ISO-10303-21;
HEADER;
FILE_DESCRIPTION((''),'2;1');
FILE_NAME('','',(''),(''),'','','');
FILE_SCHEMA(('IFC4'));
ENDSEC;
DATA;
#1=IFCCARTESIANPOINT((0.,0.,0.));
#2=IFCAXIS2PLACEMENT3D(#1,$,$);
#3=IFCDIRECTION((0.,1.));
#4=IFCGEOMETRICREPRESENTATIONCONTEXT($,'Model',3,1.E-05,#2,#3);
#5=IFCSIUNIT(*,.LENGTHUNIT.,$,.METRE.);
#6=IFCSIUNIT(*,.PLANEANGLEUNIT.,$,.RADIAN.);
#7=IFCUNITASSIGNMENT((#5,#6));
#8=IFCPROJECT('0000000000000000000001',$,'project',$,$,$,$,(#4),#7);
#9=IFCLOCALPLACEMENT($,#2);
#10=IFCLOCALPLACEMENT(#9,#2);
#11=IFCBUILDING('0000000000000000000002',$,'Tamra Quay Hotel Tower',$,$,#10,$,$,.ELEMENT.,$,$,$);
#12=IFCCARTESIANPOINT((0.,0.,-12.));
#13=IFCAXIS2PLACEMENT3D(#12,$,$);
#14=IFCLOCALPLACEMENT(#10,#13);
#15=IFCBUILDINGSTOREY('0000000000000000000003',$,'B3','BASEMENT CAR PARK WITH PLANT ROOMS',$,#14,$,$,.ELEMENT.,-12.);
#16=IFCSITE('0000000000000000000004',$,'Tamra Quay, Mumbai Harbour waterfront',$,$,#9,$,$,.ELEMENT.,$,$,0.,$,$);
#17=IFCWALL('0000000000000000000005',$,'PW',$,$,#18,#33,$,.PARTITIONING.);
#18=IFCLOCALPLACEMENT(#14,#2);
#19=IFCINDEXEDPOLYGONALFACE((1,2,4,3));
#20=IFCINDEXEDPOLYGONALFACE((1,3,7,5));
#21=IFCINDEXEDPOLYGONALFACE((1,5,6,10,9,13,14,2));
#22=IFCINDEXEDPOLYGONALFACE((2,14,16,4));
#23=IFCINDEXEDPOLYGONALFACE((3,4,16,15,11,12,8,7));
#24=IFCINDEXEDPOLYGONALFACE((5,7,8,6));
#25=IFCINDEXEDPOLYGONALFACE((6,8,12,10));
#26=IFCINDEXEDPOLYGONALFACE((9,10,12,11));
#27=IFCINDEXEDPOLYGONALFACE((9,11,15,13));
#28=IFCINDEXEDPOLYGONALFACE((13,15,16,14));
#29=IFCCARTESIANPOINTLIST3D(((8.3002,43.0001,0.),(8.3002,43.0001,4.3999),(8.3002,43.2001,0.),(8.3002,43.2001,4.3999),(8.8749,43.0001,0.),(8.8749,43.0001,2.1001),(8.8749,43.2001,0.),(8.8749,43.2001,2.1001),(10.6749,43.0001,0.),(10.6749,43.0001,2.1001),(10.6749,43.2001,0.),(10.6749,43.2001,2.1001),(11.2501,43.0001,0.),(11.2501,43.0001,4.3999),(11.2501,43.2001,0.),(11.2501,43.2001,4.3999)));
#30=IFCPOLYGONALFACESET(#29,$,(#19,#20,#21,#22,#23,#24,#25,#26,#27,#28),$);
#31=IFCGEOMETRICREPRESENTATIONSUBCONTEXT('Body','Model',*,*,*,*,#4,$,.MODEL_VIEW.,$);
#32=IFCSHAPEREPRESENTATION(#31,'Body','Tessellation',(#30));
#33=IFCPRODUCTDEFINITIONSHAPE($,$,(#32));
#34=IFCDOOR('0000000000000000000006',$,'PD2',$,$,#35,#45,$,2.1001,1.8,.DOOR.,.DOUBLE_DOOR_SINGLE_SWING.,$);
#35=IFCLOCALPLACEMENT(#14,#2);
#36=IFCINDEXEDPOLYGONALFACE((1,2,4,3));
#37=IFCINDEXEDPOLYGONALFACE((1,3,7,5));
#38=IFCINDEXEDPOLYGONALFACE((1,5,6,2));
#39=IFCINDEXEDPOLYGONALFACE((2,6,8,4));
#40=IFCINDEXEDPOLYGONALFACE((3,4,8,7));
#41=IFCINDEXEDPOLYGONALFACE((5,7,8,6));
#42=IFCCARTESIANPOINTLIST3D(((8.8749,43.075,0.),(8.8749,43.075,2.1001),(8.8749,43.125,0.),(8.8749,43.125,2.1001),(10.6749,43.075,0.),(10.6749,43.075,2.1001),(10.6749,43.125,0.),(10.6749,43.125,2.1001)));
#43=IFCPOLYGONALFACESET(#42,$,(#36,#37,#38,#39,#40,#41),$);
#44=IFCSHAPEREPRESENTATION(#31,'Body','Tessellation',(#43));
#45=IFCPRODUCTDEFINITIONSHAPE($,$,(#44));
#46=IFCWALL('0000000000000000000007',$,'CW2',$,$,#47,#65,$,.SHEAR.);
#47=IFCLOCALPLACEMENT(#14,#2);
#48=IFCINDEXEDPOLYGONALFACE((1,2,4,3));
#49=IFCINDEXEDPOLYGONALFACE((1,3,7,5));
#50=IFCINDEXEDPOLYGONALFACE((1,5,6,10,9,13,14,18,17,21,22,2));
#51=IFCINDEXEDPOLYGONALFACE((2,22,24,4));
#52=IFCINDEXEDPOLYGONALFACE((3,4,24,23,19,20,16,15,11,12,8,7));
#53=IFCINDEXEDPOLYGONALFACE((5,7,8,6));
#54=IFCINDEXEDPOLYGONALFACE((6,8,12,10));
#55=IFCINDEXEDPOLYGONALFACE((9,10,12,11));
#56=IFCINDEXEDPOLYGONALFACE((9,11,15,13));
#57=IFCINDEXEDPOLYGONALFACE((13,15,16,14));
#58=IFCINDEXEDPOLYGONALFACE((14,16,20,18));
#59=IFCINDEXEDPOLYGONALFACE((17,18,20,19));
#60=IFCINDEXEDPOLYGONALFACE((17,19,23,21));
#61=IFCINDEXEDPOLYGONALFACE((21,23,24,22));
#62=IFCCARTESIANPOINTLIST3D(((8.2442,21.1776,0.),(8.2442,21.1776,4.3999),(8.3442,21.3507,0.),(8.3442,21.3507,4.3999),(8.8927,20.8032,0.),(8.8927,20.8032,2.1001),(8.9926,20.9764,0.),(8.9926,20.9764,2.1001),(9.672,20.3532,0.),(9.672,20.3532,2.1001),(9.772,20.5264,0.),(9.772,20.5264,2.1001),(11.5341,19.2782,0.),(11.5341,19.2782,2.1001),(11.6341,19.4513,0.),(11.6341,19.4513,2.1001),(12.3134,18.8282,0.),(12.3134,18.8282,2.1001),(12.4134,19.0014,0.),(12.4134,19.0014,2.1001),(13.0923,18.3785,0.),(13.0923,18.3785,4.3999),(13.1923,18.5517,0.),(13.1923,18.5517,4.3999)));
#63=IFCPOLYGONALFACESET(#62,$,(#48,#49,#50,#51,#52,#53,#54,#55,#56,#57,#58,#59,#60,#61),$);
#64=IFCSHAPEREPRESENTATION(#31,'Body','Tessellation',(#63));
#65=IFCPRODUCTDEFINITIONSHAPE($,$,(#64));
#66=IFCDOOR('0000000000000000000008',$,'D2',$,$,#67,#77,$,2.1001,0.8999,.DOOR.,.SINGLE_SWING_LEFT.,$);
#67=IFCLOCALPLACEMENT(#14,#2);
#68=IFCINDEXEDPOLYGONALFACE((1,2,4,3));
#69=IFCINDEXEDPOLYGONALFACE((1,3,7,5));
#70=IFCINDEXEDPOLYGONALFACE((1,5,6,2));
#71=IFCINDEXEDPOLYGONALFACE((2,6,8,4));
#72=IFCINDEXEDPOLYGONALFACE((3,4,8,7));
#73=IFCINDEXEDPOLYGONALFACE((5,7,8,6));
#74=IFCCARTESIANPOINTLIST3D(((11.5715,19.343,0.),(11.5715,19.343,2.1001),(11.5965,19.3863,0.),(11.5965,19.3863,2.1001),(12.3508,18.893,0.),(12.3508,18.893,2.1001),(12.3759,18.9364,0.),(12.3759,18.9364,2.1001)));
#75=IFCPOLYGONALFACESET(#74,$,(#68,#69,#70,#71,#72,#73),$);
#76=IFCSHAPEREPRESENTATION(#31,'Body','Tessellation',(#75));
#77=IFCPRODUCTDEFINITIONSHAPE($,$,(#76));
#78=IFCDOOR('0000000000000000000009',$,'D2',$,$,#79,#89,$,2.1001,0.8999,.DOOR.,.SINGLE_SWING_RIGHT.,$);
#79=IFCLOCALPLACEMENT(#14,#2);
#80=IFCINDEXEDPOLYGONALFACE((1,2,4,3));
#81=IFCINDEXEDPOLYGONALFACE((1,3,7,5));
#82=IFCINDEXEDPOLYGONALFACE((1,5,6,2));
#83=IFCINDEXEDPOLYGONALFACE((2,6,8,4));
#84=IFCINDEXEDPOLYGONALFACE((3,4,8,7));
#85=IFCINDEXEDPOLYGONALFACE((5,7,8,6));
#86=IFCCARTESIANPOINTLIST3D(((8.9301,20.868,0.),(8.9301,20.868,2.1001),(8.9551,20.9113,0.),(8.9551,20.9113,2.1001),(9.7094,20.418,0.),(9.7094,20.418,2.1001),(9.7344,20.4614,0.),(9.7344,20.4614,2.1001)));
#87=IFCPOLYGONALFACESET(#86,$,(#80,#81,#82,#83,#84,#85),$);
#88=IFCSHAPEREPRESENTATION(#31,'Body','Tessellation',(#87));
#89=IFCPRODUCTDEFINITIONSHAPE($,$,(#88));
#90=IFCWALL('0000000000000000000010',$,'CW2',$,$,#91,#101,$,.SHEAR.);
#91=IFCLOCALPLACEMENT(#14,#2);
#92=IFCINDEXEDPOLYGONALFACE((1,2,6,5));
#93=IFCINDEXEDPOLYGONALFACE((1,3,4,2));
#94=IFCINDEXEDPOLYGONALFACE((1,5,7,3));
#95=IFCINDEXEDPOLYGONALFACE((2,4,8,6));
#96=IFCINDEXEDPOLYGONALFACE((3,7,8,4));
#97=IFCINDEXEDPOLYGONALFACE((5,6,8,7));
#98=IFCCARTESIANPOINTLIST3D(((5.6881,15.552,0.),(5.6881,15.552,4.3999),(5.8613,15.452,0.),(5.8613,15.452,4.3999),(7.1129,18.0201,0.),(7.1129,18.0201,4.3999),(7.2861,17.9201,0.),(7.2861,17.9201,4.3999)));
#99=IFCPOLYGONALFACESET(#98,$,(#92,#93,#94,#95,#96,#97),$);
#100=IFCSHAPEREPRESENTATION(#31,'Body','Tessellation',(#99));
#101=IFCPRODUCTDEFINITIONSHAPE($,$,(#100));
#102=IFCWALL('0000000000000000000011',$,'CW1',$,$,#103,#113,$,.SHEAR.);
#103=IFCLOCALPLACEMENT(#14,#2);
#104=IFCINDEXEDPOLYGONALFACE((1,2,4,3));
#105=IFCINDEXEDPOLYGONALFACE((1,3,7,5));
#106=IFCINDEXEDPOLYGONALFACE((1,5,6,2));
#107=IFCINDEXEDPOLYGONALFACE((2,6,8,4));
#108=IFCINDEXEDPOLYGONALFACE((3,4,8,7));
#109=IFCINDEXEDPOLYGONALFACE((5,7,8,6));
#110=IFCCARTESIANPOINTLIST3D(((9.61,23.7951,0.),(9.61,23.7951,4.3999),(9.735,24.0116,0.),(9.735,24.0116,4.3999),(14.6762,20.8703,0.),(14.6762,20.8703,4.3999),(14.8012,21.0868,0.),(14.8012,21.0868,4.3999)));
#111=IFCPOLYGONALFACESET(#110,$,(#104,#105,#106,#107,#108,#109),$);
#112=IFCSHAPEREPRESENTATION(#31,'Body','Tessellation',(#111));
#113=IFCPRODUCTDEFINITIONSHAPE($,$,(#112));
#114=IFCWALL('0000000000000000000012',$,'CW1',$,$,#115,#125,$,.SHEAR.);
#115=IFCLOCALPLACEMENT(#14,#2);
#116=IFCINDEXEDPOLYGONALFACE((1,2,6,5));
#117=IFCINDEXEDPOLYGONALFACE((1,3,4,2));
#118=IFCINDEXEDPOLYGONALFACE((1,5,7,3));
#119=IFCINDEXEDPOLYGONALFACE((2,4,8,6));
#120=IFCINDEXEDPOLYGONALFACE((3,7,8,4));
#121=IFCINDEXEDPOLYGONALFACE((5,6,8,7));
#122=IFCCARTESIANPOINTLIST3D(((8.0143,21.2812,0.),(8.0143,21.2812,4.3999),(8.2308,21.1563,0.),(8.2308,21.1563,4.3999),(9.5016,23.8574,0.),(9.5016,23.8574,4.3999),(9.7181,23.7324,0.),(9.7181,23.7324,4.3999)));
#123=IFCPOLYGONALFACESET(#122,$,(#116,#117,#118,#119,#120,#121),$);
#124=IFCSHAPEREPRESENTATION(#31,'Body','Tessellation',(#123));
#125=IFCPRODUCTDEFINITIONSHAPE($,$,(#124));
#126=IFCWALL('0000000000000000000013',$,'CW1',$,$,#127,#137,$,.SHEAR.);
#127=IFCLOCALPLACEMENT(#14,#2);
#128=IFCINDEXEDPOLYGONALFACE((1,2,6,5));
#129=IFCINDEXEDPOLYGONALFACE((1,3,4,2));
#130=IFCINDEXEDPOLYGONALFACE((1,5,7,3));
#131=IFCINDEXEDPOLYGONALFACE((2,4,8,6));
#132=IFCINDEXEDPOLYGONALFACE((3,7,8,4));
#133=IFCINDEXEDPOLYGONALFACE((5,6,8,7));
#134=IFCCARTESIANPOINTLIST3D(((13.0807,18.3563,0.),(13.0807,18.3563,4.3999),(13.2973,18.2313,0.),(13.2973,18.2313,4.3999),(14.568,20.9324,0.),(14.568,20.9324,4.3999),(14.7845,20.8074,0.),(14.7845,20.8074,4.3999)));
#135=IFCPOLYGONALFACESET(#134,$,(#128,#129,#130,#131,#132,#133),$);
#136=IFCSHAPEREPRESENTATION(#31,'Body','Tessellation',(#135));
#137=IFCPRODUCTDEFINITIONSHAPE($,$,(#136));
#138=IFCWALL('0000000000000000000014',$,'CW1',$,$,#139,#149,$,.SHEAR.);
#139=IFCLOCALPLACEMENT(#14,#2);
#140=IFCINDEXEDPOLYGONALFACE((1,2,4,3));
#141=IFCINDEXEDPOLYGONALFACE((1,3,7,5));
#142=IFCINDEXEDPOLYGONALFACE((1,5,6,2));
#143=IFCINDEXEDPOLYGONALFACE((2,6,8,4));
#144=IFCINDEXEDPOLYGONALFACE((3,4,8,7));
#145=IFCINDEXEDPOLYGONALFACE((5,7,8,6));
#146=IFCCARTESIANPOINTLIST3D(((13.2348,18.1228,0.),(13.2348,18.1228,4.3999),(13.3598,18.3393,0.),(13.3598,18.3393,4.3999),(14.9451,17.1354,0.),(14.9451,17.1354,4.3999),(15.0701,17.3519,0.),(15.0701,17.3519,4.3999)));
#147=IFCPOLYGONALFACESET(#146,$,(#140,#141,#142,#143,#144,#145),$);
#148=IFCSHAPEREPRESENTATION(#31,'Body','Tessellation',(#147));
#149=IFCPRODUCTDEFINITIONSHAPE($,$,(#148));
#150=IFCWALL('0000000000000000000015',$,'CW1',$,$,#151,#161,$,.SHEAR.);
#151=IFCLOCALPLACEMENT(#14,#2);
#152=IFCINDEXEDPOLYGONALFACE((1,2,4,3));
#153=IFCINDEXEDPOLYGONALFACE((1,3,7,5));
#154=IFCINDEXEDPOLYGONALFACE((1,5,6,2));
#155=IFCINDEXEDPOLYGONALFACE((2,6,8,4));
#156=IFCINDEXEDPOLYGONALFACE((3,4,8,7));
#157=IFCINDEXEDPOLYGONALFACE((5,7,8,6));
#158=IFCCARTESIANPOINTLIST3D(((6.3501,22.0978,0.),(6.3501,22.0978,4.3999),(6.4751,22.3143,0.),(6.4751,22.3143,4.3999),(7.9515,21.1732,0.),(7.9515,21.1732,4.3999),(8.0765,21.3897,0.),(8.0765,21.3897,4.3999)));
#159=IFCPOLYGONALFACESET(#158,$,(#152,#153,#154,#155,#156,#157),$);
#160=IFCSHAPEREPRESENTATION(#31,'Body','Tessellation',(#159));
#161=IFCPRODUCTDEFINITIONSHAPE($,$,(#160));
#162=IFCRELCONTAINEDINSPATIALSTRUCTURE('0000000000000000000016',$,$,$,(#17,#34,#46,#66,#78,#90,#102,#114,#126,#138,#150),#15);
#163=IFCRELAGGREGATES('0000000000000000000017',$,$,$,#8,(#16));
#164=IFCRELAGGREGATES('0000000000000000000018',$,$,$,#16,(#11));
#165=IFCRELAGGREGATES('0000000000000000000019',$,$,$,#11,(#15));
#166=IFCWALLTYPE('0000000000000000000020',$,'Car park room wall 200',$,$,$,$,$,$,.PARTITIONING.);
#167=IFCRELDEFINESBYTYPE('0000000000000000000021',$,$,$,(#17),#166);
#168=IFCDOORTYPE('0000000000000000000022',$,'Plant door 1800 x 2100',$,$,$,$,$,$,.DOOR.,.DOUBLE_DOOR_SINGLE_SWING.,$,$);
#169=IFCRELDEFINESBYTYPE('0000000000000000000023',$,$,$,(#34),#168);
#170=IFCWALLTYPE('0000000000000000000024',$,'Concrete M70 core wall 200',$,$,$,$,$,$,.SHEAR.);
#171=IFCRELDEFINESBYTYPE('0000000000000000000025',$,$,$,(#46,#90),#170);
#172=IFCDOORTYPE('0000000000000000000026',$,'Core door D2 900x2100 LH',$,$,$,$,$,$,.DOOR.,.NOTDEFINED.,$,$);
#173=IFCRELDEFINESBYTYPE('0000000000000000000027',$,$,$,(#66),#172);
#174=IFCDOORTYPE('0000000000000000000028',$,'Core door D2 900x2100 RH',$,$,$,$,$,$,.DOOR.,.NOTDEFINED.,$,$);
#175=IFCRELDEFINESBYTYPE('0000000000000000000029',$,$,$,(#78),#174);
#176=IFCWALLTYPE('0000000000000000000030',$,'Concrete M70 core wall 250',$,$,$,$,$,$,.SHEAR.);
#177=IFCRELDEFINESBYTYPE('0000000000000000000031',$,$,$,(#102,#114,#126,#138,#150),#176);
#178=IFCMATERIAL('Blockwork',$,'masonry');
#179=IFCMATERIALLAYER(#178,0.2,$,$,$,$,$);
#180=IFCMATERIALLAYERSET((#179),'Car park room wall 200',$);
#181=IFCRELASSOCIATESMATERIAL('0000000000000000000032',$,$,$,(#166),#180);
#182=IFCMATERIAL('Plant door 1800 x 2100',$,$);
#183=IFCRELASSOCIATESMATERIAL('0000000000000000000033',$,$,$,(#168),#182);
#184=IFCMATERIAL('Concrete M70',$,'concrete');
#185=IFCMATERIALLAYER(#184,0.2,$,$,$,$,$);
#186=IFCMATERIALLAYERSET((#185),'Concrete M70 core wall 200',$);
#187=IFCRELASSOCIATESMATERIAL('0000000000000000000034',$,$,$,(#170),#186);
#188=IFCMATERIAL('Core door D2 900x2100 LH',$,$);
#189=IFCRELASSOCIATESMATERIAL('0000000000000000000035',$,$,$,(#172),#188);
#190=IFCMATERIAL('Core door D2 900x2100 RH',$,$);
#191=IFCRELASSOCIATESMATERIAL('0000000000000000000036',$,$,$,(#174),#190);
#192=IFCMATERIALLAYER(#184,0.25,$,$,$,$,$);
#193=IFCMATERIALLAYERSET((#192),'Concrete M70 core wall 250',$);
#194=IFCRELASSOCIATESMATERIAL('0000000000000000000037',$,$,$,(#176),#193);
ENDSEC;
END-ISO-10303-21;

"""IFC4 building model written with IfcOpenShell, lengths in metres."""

from ifc_helpers import new_model, si_unit, direction, frame, frame_2d, origin, place, context, subcontext, project, spatial, rectangle, extrude, material, layer, layer_set, type_object, element, fill, save


model = new_model("IFC4")

# Units and contexts
model_context = context("Model", 3, precision=1e-05, world=origin(), true_north=direction((0.0, 1.0)))
body_context = subcontext(model_context, "Body", "Model", "MODEL_VIEW")
ifc_project = project(units=[si_unit("LENGTHUNIT", "METRE"), si_unit("PLANEANGLEUNIT", "RADIAN")], contexts=[model_context])

# Site, building, storey
site_placement = place(None, origin())
site = spatial("IfcSite", under=ifc_project, at=site_placement, Name="Tamra Quay, Mumbai Harbour waterfront", CompositionType="ELEMENT", RefElevation=0.0)
building_placement = place(site_placement, origin())
building = spatial("IfcBuilding", under=site, at=building_placement, Name="Tamra Quay Hotel Tower", CompositionType="ELEMENT")
storey_placement = place(building_placement, frame((0.0, 0.0, -12.0)))
storey = spatial("IfcBuildingStorey", under=building, at=storey_placement, Name="B3", Description="BASEMENT CAR PARK WITH PLANT ROOMS", CompositionType="ELEMENT", Elevation=-12.0)

# Shared definitions
ifc_material_1 = material(Name="Concrete M70", Category="concrete")

# Shared definitions
ifc_material_2 = material(Name="Blockwork", Category="masonry")
ifc_layer_1 = layer(ifc_material_2, 0.2)
ifc_layer_set_1 = layer_set([ifc_layer_1], Name="Car park room wall 200")
wall_type_1 = type_object("IfcWallType", Name="Car park room wall 200", PredefinedType="PARTITIONING", material=ifc_layer_set_1)

# Wall, opening, door
wall_1_placement = place(storey_placement, frame((8.3, 43.1001, 0.0), z_axis=(0.0, 0.0, 1.0), x_axis=(1.0, 0.0, 0.0)))
wall_1 = element("IfcWall", 1, at=wall_1_placement, inside=storey, type_object=wall_type_1, Name="PW", PredefinedType="PARTITIONING", context=body_context, shape_type="SweptSolid", body=[
    extrude(rectangle(XDim=2.95, YDim=0.2, at=frame_2d((1.4751, 0.0))), origin(), (0.0, 0.0, 1.0), 4.3999),
])
opening_1_placement = place(wall_1_placement, frame((0.575, 0.0, 0.0)))
opening_1 = element("IfcOpeningElement", 2, at=opening_1_placement, cuts=wall_1, PredefinedType="OPENING", context=body_context, shape_type="SweptSolid", body=[
    extrude(rectangle(XDim=1.8, YDim=2.1001, at=frame_2d((0.8999, 1.05))), frame((0.0, 0.1099, 0.0), z_axis=(0.0, -1.0, 0.0), x_axis=(1.0, 0.0, 0.0)), (0.0, 0.0, 1.0), 0.22),
])
ifc_material_3 = material(Name="Plant door 1800 x 2100")
door_type_1 = type_object("IfcDoorType", Name="Plant door 1800 x 2100", OperationType="DOUBLE_DOOR_SINGLE_SWING", PredefinedType="DOOR", material=ifc_material_3)
door_1_placement = place(opening_1_placement, origin())
door_1 = element("IfcDoor", 3, at=door_1_placement, inside=storey, type_object=door_type_1, Name="PD2", OperationType="DOUBLE_DOOR_SINGLE_SWING", OverallHeight=2.1001, OverallWidth=1.8, PredefinedType="DOOR", context=body_context, shape_type="SweptSolid", body=[
    extrude(rectangle(XDim=1.8, YDim=2.1001, at=frame_2d((0.8999, 1.05))), frame((0.0, 0.0249, 0.0), z_axis=(0.0, -1.0, 0.0), x_axis=(1.0, 0.0, 0.0)), (0.0, 0.0, 1.0), 0.05),
])
fill(opening_1, door_1)

# Wall, openings, doors
ifc_layer_2 = layer(ifc_material_1, 0.2)
ifc_layer_set_2 = layer_set([ifc_layer_2], Name="Concrete M70 core wall 200")
wall_type_2 = type_object("IfcWallType", Name="Concrete M70 core wall 200", PredefinedType="SHEAR", material=ifc_layer_set_2)
wall_2_placement = place(storey_placement, frame((8.2942, 21.2642, 0.0), z_axis=(0.0, 0.0, 1.0), x_axis=(0.866026, -0.499999, 0.0)))
wall_2 = element("IfcWall", 4, at=wall_2_placement, inside=storey, type_object=wall_type_2, Name="CW2", PredefinedType="SHEAR", context=body_context, shape_type="SweptSolid", body=[
    extrude(rectangle(XDim=5.5981, YDim=0.2, at=frame_2d((2.7991, 0.0))), origin(), (0.0, 0.0, 1.0), 4.3999),
])
opening_2_placement = place(wall_2_placement, frame((3.7988, 0.0, 0.0)))
opening_2 = element("IfcOpeningElement", 5, at=opening_2_placement, cuts=wall_2, PredefinedType="OPENING", context=body_context, shape_type="SweptSolid", body=[
    extrude(rectangle(XDim=0.8999, YDim=2.1001, at=frame_2d((0.45, 1.05))), frame((0.0, 0.1099, 0.0), z_axis=(0.0, -1.0, 0.0), x_axis=(1.0, 0.0, 0.0)), (0.0, 0.0, 1.0), 0.22),
])
opening_3_placement = place(wall_2_placement, frame((0.7488, 0.0, 0.0)))
opening_3 = element("IfcOpeningElement", 6, at=opening_3_placement, cuts=wall_2, PredefinedType="OPENING", context=body_context, shape_type="SweptSolid", body=[
    extrude(rectangle(XDim=0.8999, YDim=2.1001, at=frame_2d((0.45, 1.05))), frame((0.0, 0.1099, 0.0), z_axis=(0.0, -1.0, 0.0), x_axis=(1.0, 0.0, 0.0)), (0.0, 0.0, 1.0), 0.22),
])
ifc_material_4 = material(Name="Core door D2 900x2100 LH")
door_type_2 = type_object("IfcDoorType", Name="Core door D2 900x2100 LH", OperationType="NOTDEFINED", PredefinedType="DOOR", material=ifc_material_4)
door_2_placement = place(opening_2_placement, origin())
door_2 = element("IfcDoor", 7, at=door_2_placement, inside=storey, type_object=door_type_2, Name="D2", OperationType="SINGLE_SWING_LEFT", OverallHeight=2.1001, OverallWidth=0.8999, PredefinedType="DOOR", context=body_context, shape_type="SweptSolid", body=[
    extrude(rectangle(XDim=0.8999, YDim=2.1001, at=frame_2d((0.45, 1.05))), frame((0.0, 0.0249, 0.0), z_axis=(0.0, -1.0, 0.0), x_axis=(1.0, 0.0, 0.0)), (0.0, 0.0, 1.0), 0.05),
])
fill(opening_2, door_2)
ifc_material_5 = material(Name="Core door D2 900x2100 RH")
door_type_3 = type_object("IfcDoorType", Name="Core door D2 900x2100 RH", OperationType="NOTDEFINED", PredefinedType="DOOR", material=ifc_material_5)
door_3_placement = place(opening_3_placement, origin())
door_3 = element("IfcDoor", 8, at=door_3_placement, inside=storey, type_object=door_type_3, Name="D2", OperationType="SINGLE_SWING_RIGHT", OverallHeight=2.1001, OverallWidth=0.8999, PredefinedType="DOOR", context=body_context, shape_type="SweptSolid", body=[
    extrude(rectangle(XDim=0.8999, YDim=2.1001, at=frame_2d((0.45, 1.05))), frame((0.0, 0.0249, 0.0), z_axis=(0.0, -1.0, 0.0), x_axis=(1.0, 0.0, 0.0)), (0.0, 0.0, 1.0), 0.05),
])
fill(opening_3, door_3)

# Walls
wall_3_placement = place(storey_placement, frame((7.1995, 17.97, 0.0), z_axis=(0.0, 0.0, 1.0), x_axis=(-0.499972, -0.866041, 0.0)))
element("IfcWall", 9, at=wall_3_placement, inside=storey, type_object=wall_type_2, Name="CW2", PredefinedType="SHEAR", context=body_context, shape_type="SweptSolid", body=[
    extrude(rectangle(XDim=2.8499, YDim=0.2, at=frame_2d((1.4248, 0.0))), origin(), (0.0, 0.0, 1.0), 4.3999),
])
ifc_layer_3 = layer(ifc_material_1, 0.25)
ifc_layer_set_3 = layer_set([ifc_layer_3], Name="Concrete M70 core wall 250")
wall_type_3 = type_object("IfcWallType", Name="Concrete M70 core wall 250", PredefinedType="SHEAR", material=ifc_layer_set_3)
wall_4_placement = place(storey_placement, frame((9.6726, 23.9033, 0.0), z_axis=(0.0, 0.0, 1.0), x_axis=(0.866036, -0.499981, 0.0)))
element("IfcWall", 10, at=wall_4_placement, inside=storey, type_object=wall_type_3, Name="CW1", PredefinedType="SHEAR", context=body_context, shape_type="SweptSolid", body=[
    extrude(rectangle(XDim=5.8499, YDim=0.25, at=frame_2d((2.9248, 0.0))), origin(), (0.0, 0.0, 1.0), 4.3999),
])
for number, where, z_axis, x_axis, name in (
    (11, (8.1226, 21.2188, 0.0), (0.0, 0.0, 1.0), (0.499988, 0.866033, 0.0), "CW1"),
    (12, (14.6763, 20.8699, 0.0), (0.0, 0.0, 1.0), (-0.499988, -0.866033, 0.0), "CW1"),
):
    element("IfcWall", number, at=place(storey_placement, frame(where, z_axis=z_axis, x_axis=x_axis)), inside=storey, type_object=wall_type_3, Name=name, PredefinedType="SHEAR", context=body_context, shape_type="SweptSolid", body=[
        extrude(rectangle(XDim=2.9746, YDim=0.25, at=frame_2d((1.4873, 0.0))), origin(), (0.0, 0.0, 1.0), 4.3999),
    ])
wall_5_placement = place(storey_placement, frame((13.2974, 18.231, 0.0), z_axis=(0.0, 0.0, 1.0), x_axis=(0.866044, -0.499969, 0.0)))
element("IfcWall", 13, at=wall_5_placement, inside=storey, type_object=wall_type_3, Name="CW1", PredefinedType="SHEAR", context=body_context, shape_type="SweptSolid", body=[
    extrude(rectangle(XDim=1.9749, YDim=0.25, at=frame_2d((0.9873, 0.0))), origin(), (0.0, 0.0, 1.0), 4.3999),
])
wall_6_placement = place(storey_placement, frame((6.4126, 22.2061, 0.0), z_axis=(0.0, 0.0, 1.0), x_axis=(0.866016, -0.500016, 0.0)))
element("IfcWall", 14, at=wall_6_placement, inside=storey, type_object=wall_type_3, Name="CW1", PredefinedType="SHEAR", context=body_context, shape_type="SweptSolid", body=[
    extrude(rectangle(XDim=1.8491, YDim=0.25, at=frame_2d((0.9246, 0.0))), origin(), (0.0, 0.0, 1.0), 4.3999),
])

save(model, "model.ifc")
